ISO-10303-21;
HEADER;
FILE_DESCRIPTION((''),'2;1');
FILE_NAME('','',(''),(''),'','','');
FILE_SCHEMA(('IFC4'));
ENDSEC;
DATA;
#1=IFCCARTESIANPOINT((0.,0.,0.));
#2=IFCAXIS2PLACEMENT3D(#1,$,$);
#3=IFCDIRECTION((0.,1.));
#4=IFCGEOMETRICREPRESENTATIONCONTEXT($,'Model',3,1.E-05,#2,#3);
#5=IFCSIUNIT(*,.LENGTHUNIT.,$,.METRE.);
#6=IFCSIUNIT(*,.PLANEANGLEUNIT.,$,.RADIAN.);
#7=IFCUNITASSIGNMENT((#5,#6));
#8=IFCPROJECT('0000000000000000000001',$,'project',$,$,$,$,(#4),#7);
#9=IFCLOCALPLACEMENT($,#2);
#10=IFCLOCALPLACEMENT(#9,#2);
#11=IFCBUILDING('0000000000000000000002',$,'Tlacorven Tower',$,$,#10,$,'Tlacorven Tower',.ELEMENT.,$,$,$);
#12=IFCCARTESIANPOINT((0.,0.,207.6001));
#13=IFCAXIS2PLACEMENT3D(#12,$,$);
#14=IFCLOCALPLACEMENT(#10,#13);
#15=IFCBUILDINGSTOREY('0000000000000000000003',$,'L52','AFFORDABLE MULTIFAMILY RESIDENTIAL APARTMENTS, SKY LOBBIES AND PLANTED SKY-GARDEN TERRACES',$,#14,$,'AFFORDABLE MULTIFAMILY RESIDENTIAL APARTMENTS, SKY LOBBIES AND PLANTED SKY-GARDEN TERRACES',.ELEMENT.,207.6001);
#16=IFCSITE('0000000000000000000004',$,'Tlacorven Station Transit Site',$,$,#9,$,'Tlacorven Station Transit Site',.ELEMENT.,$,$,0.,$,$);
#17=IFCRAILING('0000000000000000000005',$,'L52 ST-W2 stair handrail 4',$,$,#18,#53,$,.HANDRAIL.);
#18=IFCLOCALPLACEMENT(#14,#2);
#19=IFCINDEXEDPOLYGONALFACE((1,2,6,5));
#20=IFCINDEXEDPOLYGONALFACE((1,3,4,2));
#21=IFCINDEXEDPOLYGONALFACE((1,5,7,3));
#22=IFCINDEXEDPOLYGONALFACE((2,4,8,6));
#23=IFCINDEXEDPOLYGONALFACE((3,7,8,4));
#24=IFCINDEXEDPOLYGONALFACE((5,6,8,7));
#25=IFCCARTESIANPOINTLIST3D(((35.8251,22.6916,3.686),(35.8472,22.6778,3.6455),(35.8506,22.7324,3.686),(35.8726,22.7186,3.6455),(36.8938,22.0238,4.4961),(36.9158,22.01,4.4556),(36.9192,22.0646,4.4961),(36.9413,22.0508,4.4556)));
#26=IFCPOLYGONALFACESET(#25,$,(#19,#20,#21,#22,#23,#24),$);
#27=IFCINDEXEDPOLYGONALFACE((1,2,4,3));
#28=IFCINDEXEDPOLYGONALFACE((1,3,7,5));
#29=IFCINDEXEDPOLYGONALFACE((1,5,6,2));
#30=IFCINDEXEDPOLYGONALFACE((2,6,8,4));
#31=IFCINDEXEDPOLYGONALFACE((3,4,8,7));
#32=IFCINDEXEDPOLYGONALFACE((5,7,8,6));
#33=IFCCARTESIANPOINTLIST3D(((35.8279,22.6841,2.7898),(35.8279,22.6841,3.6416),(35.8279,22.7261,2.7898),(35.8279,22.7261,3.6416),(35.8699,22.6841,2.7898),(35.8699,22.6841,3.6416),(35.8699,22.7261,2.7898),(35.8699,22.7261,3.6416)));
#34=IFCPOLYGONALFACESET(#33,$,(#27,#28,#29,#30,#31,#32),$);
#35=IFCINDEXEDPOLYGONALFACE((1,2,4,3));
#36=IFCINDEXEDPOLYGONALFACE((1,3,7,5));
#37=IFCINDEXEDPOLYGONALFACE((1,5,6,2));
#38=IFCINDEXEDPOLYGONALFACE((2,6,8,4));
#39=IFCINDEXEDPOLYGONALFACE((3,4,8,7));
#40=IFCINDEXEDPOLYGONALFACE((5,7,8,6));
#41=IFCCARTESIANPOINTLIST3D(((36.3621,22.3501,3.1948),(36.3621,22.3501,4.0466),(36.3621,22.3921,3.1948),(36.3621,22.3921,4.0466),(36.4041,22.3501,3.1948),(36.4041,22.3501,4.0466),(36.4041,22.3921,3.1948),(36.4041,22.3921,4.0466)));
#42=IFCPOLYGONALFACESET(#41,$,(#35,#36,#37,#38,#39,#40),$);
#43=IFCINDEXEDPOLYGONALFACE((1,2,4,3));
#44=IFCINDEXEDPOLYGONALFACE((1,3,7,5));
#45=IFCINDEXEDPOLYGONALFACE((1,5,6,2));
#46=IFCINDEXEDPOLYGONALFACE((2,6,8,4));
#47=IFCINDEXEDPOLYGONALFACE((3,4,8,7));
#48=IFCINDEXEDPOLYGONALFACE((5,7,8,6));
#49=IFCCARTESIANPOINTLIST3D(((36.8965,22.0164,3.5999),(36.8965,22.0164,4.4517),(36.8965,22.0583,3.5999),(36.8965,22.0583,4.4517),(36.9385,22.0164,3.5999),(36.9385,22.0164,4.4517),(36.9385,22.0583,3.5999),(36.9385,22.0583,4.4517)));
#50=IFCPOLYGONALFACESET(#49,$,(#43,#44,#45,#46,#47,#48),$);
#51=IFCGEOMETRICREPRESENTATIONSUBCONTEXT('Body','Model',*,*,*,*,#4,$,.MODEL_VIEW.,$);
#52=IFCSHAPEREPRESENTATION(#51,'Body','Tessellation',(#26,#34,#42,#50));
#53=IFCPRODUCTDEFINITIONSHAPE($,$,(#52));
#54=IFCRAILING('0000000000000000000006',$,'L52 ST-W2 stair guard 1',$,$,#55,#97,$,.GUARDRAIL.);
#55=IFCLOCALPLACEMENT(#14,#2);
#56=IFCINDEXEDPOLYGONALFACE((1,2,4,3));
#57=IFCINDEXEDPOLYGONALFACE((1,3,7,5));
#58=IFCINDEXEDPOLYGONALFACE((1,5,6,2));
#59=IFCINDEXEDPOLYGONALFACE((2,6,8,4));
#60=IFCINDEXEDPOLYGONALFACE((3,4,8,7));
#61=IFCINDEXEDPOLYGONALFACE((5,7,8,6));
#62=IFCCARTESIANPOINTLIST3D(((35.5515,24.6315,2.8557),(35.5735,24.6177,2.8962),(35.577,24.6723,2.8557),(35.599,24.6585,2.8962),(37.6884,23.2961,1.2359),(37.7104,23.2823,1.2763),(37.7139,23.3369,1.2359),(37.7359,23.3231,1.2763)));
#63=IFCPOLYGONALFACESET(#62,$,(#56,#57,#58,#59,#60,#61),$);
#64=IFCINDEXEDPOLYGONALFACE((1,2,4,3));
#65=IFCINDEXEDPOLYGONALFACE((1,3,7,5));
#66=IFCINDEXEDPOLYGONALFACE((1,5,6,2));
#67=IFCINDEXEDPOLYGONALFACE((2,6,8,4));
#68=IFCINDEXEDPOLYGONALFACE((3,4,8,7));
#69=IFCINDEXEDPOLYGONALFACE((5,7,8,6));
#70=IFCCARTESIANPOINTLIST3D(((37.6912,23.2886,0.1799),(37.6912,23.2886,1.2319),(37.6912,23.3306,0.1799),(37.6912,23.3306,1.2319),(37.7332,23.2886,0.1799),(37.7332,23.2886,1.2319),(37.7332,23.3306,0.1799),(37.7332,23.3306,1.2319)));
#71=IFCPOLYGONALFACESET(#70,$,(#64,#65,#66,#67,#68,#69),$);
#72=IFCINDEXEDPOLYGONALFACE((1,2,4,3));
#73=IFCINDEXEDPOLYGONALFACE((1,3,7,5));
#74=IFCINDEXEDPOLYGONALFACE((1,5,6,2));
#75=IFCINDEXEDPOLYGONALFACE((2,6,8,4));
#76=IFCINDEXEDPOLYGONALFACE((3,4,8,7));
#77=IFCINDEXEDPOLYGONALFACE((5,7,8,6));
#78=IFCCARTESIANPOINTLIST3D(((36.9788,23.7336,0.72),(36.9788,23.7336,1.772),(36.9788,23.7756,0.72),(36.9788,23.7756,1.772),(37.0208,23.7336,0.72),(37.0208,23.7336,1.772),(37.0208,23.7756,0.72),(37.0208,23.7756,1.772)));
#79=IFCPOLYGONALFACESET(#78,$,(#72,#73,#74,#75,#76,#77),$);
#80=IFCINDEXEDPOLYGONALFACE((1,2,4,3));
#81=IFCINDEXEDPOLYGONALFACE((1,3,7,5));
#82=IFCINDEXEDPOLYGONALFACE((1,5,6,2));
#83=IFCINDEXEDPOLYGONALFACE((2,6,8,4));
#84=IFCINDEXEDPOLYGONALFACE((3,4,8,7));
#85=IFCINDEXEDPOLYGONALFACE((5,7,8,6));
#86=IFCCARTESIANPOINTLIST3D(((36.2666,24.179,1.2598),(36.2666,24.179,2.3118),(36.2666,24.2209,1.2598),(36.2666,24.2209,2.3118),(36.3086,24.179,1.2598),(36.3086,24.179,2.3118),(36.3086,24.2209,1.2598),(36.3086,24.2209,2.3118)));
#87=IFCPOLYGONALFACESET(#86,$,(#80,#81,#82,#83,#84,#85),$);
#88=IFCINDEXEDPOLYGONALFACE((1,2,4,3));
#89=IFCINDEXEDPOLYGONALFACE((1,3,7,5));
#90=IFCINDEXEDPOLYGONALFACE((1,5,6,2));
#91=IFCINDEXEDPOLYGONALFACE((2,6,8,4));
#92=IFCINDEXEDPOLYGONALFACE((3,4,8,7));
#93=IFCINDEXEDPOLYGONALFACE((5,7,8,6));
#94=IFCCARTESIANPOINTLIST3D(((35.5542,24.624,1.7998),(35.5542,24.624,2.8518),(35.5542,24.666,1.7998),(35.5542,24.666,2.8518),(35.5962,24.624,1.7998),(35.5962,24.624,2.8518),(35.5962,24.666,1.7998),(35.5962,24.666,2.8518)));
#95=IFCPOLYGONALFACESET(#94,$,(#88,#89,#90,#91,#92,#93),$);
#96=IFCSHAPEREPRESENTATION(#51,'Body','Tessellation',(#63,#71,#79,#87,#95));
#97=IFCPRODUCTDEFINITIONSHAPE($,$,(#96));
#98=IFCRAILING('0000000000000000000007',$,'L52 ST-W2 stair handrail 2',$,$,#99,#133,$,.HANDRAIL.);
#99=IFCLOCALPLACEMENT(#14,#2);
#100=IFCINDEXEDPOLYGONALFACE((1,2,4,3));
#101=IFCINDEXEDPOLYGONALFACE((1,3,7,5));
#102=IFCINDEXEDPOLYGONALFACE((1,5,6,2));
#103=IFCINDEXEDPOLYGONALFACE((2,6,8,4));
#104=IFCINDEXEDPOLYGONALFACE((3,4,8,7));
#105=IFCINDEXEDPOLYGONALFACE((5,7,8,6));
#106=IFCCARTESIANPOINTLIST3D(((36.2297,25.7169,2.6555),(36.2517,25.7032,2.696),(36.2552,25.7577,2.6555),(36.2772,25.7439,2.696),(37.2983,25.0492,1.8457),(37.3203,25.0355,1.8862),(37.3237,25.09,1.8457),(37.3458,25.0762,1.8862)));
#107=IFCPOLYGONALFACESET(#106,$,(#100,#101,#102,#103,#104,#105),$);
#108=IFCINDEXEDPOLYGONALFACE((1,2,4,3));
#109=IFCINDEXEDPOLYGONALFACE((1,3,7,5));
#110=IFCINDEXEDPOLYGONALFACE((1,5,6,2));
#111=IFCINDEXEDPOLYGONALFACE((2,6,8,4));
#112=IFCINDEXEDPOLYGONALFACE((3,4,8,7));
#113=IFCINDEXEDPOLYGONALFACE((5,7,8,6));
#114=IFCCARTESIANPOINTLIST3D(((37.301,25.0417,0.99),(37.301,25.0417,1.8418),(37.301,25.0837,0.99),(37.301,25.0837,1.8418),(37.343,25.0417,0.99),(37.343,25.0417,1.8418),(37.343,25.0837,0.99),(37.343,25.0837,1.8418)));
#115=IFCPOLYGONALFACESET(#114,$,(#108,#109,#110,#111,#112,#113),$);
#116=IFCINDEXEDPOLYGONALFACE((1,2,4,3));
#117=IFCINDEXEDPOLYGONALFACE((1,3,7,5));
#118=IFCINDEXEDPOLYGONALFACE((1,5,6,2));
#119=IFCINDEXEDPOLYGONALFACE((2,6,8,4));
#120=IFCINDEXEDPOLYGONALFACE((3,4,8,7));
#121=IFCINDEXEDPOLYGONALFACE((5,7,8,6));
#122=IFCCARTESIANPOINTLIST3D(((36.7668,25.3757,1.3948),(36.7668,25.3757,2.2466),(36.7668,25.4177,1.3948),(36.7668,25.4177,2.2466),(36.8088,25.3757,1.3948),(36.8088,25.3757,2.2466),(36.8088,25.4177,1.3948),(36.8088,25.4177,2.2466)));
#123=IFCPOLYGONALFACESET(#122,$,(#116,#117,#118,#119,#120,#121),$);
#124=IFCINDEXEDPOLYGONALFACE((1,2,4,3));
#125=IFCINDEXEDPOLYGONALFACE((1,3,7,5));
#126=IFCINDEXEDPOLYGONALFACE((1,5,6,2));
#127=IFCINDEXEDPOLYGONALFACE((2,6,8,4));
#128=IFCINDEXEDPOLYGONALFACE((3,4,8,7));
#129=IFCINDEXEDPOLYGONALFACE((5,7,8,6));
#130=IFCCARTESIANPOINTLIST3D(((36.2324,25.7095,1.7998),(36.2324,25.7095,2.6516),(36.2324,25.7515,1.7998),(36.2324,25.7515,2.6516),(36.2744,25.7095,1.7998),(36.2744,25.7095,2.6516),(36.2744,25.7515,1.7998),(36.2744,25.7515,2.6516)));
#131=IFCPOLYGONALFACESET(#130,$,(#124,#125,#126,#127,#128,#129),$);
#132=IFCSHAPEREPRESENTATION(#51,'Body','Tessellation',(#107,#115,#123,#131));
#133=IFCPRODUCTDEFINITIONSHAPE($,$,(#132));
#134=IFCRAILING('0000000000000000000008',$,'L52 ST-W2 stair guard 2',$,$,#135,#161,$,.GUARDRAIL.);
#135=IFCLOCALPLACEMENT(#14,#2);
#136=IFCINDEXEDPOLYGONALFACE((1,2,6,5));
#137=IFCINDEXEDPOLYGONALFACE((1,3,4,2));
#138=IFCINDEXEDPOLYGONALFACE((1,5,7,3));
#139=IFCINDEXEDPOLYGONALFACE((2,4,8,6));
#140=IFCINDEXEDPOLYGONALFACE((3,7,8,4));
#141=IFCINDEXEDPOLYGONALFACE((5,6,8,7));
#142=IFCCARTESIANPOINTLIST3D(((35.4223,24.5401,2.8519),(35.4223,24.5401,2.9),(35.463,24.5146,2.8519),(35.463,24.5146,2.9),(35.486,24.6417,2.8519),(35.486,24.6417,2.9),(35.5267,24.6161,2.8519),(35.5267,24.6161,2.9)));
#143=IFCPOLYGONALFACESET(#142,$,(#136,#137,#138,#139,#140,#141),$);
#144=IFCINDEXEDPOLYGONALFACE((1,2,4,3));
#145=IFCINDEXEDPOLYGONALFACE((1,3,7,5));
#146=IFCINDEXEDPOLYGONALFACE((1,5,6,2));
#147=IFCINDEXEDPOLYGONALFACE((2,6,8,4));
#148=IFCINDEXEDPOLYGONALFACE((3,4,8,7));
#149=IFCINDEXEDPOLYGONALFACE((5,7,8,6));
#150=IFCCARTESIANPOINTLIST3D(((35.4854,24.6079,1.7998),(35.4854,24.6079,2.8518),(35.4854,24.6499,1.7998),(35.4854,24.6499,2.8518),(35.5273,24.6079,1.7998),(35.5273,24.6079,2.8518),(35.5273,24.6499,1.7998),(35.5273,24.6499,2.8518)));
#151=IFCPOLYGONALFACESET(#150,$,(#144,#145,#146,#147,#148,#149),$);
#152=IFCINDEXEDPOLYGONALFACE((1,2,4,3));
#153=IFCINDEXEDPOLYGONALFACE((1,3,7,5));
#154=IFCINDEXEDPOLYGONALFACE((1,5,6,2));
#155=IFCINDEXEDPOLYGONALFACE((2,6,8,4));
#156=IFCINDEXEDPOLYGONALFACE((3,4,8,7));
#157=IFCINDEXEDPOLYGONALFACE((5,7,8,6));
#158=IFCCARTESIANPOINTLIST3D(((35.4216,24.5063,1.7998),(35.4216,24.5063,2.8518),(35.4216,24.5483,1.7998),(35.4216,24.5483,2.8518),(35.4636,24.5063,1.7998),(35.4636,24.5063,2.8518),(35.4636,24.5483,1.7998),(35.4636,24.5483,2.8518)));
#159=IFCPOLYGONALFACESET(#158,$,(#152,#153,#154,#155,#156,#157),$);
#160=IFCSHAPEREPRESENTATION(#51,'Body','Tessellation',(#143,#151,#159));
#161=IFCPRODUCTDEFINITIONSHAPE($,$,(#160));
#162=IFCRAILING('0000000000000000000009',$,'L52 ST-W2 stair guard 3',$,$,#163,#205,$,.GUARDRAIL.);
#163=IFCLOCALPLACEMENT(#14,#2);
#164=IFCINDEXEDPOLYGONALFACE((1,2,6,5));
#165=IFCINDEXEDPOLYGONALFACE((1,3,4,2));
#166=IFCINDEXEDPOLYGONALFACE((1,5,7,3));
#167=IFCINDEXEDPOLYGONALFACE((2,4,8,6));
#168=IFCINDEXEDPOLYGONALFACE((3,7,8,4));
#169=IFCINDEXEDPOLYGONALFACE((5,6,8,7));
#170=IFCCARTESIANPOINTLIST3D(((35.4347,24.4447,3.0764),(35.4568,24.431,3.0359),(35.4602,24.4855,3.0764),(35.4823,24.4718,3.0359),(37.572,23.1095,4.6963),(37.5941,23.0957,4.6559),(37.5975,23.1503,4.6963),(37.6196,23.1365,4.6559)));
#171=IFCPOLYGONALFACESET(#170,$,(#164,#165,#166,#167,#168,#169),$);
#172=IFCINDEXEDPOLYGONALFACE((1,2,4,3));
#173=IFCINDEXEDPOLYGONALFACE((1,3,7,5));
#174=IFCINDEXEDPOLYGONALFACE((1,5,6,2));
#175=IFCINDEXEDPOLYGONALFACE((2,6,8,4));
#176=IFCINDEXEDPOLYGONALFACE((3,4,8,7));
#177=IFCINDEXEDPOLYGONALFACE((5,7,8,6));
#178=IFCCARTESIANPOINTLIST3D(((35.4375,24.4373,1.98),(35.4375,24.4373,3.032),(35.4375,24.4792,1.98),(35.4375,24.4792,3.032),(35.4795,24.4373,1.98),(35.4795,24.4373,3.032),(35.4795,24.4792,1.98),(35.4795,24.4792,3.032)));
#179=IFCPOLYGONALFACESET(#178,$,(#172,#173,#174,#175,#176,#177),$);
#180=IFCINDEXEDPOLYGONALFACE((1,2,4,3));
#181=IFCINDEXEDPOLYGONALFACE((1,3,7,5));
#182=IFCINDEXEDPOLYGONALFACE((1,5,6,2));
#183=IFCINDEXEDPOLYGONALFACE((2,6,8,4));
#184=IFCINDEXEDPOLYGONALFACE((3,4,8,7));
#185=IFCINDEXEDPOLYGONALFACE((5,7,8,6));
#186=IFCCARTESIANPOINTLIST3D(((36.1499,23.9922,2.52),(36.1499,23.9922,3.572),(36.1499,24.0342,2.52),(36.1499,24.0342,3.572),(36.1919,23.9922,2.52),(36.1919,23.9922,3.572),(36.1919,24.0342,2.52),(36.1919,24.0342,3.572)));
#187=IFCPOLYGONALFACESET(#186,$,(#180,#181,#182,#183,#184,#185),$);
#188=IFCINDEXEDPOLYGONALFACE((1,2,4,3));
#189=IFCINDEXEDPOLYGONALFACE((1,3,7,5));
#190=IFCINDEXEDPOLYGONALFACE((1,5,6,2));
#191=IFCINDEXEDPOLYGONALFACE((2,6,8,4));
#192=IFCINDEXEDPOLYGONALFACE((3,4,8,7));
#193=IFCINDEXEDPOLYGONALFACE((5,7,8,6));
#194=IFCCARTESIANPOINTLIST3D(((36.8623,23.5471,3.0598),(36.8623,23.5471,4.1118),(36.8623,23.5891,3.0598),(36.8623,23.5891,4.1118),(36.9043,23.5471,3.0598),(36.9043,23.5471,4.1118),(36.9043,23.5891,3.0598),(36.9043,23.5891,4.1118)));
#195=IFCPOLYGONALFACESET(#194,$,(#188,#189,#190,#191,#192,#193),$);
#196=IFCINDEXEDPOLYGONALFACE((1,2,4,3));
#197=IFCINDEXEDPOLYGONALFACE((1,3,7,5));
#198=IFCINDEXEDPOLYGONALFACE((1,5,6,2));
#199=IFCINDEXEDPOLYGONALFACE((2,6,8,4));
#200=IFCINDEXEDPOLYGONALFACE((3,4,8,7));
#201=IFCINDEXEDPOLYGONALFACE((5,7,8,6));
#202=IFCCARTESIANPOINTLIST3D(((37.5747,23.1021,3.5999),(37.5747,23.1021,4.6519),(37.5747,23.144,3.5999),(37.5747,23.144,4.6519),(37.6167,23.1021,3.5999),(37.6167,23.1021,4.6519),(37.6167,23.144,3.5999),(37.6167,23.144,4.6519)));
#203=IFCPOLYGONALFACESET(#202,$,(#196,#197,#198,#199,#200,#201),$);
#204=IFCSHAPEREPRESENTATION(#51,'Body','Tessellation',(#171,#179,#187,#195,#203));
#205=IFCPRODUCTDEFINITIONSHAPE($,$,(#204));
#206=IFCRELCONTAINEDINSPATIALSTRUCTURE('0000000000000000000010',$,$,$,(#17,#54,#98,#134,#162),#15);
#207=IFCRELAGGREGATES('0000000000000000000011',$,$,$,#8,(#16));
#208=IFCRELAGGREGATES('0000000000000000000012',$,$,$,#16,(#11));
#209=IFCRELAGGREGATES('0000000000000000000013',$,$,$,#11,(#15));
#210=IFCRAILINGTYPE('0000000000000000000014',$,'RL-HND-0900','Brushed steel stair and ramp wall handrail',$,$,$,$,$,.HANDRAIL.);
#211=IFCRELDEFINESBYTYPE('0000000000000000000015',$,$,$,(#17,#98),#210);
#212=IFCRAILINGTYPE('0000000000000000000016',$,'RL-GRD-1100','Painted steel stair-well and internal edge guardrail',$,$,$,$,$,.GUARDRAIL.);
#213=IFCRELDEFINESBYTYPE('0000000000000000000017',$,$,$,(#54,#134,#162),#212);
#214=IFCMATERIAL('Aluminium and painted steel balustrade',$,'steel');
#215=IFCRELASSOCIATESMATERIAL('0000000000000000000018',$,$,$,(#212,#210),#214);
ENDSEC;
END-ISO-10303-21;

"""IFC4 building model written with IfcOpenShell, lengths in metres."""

from ifc_helpers import new_model, si_unit, direction, frame, origin, origin_2d, place, context, subcontext, project, spatial, rectangle, extrude, source, transform, mapped, material, type_object, element, save


model = new_model("IFC4")

# Units and contexts
model_context = context("Model", 3, precision=1e-05, world=origin(), true_north=direction((0.0, 1.0)))
body_context = subcontext(model_context, "Body", "Model", "MODEL_VIEW")
ifc_project = project(units=[si_unit("LENGTHUNIT", "METRE"), si_unit("PLANEANGLEUNIT", "RADIAN")], contexts=[model_context])

# Site, building, storey
site_placement = place(None, origin())
site = spatial("IfcSite", under=ifc_project, at=site_placement, Name="Tlacorven Station Transit Site", LongName="Tlacorven Station Transit Site", CompositionType="ELEMENT", RefElevation=0.0)
building_placement = place(site_placement, origin())
building = spatial("IfcBuilding", under=site, at=building_placement, Name="Tlacorven Tower", LongName="Tlacorven Tower", CompositionType="ELEMENT")
storey_placement = place(building_placement, frame((0.0, 0.0, 207.6001)))
storey = spatial("IfcBuildingStorey", under=building, at=storey_placement, Name="L52", Description="AFFORDABLE MULTIFAMILY RESIDENTIAL APARTMENTS, SKY LOBBIES AND PLANTED SKY-GARDEN TERRACES", LongName="AFFORDABLE MULTIFAMILY RESIDENTIAL APARTMENTS, SKY LOBBIES AND PLANTED SKY-GARDEN TERRACES", CompositionType="ELEMENT", Elevation=207.6001)

# Railings
ifc_material_1 = material(Name="Aluminium and painted steel balustrade", Category="steel")
railing_type_1 = type_object("IfcRailingType", Name="RL-GRD-1100", Description="Painted steel stair-well and internal edge guardrail", PredefinedType="GUARDRAIL", material=ifc_material_1)
railing_type_2 = type_object("IfcRailingType", Name="RL-HND-0900", Description="Brushed steel stair and ramp wall handrail", PredefinedType="HANDRAIL", material=ifc_material_1)
shared_shape_1 = source(origin(), body_context, "Body", "SweptSolid", [
    extrude(rectangle(XDim=0.0481, YDim=0.0481, at=origin_2d()), frame((0.0, 0.0, 0.876), z_axis=(0.71336, -0.445748, 0.540765), x_axis=(0.529912, 0.848053, 0.0)), (0.0, 0.0, 1.0), 1.498),
    extrude(rectangle(XDim=0.042, YDim=0.042, at=origin_2d()), origin(), (0.0, 0.0, 1.0), 0.8518),
    extrude(rectangle(XDim=0.042, YDim=0.042, at=origin_2d()), frame((0.5342, -0.334, 0.405)), (0.0, 0.0, 1.0), 0.8518),
    extrude(rectangle(XDim=0.042, YDim=0.042, at=origin_2d()), frame((1.0686, -0.6677, 0.8101)), (0.0, 0.0, 1.0), 0.8518),
])
railing_1_placement = place(storey_placement, frame((35.8489, 22.7051, 2.7898)))
element("IfcRailing", 1, at=railing_1_placement, inside=storey, type_object=railing_type_2, Name="L52 ST-W2 stair handrail 4", PredefinedType="HANDRAIL", context=body_context, shape_type="MappedRepresentation", body=[
    mapped(shared_shape_1, transform((0.0, 0.0, 0.0), scale=1.0)),
])
shared_shape_2 = source(origin(), body_context, "Body", "SweptSolid", [
    extrude(rectangle(XDim=0.0481, YDim=0.0481, at=origin_2d()), frame((0.0, 0.0, 1.0762), z_axis=(-0.713351, 0.445794, 0.540739), x_axis=(-0.529955, -0.848026, 0.0)), (0.0, 0.0, 1.0), 2.9956),
    extrude(rectangle(XDim=0.042, YDim=0.042, at=origin_2d()), origin(), (0.0, 0.0, 1.0), 1.052),
    extrude(rectangle(XDim=0.042, YDim=0.042, at=origin_2d()), frame((-0.7124, 0.4451, 0.54)), (0.0, 0.0, 1.0), 1.052),
    extrude(rectangle(XDim=0.042, YDim=0.042, at=origin_2d()), frame((-1.4246, 0.8904, 1.0798)), (0.0, 0.0, 1.0), 1.052),
    extrude(rectangle(XDim=0.042, YDim=0.042, at=origin_2d()), frame((-2.137, 1.3354, 1.6199)), (0.0, 0.0, 1.0), 1.052),
])
railing_2_placement = place(storey_placement, frame((37.7122, 23.3096, 0.1799)))
element("IfcRailing", 2, at=railing_2_placement, inside=storey, type_object=railing_type_1, Name="L52 ST-W2 stair guard 1", PredefinedType="GUARDRAIL", context=body_context, shape_type="MappedRepresentation", body=[
    mapped(shared_shape_2, transform((0.0, 0.0, 0.0), scale=1.0)),
])
shared_shape_3 = source(origin(), body_context, "Body", "SweptSolid", [
    extrude(rectangle(XDim=0.0481, YDim=0.0481, at=origin_2d()), frame((0.0, 0.0, 0.876), z_axis=(-0.713423, 0.445787, 0.540649), x_axis=(-0.529912, -0.848053, 0.0)), (0.0, 0.0, 1.0), 1.4978),
    extrude(rectangle(XDim=0.042, YDim=0.042, at=origin_2d()), origin(), (0.0, 0.0, 1.0), 0.8518),
    extrude(rectangle(XDim=0.042, YDim=0.042, at=origin_2d()), frame((-0.5342, 0.334, 0.4048)), (0.0, 0.0, 1.0), 0.8518),
    extrude(rectangle(XDim=0.042, YDim=0.042, at=origin_2d()), frame((-1.0686, 0.6677, 0.8098)), (0.0, 0.0, 1.0), 0.8518),
])
railing_3_placement = place(storey_placement, frame((37.322, 25.0627, 0.99)))
element("IfcRailing", 3, at=railing_3_placement, inside=storey, type_object=railing_type_2, Name="L52 ST-W2 stair handrail 2", PredefinedType="HANDRAIL", context=body_context, shape_type="MappedRepresentation", body=[
    mapped(shared_shape_3, transform((0.0, 0.0, 0.0), scale=1.0)),
])
shared_shape_4 = source(origin(), body_context, "Body", "SweptSolid", [
    extrude(rectangle(XDim=0.0481, YDim=0.0481, at=origin_2d()), frame((0.0, 0.0, 1.0762), z_axis=(-0.531462, -0.847082, 0.0), x_axis=(0.847082, -0.531462, 0.0)), (0.0, 0.0, 1.0), 0.1199),
    extrude(rectangle(XDim=0.042, YDim=0.042, at=origin_2d()), origin(), (0.0, 0.0, 1.0), 1.052),
    extrude(rectangle(XDim=0.042, YDim=0.042, at=origin_2d()), frame((-0.0637, -0.1016, 0.0)), (0.0, 0.0, 1.0), 1.052),
])
railing_4_placement = place(storey_placement, frame((35.5063, 24.6289, 1.7998)))
element("IfcRailing", 4, at=railing_4_placement, inside=storey, type_object=railing_type_1, Name="L52 ST-W2 stair guard 2", PredefinedType="GUARDRAIL", context=body_context, shape_type="MappedRepresentation", body=[
    mapped(shared_shape_4, transform((0.0, 0.0, 0.0), scale=1.0)),
])
shared_shape_5 = source(origin(), body_context, "Body", "SweptSolid", [
    extrude(rectangle(XDim=0.0481, YDim=0.0481, at=origin_2d()), frame((0.0, 0.0, 1.0762), z_axis=(0.713417, -0.445702, 0.540727), x_axis=(0.529842, 0.848096, 0.0)), (0.0, 0.0, 1.0), 2.9958),
    extrude(rectangle(XDim=0.042, YDim=0.042, at=origin_2d()), origin(), (0.0, 0.0, 1.0), 1.052),
    extrude(rectangle(XDim=0.042, YDim=0.042, at=origin_2d()), frame((0.7124, -0.4451, 0.54)), (0.0, 0.0, 1.0), 1.052),
    extrude(rectangle(XDim=0.042, YDim=0.042, at=origin_2d()), frame((1.4248, -0.8901, 1.0798)), (0.0, 0.0, 1.0), 1.052),
    extrude(rectangle(XDim=0.042, YDim=0.042, at=origin_2d()), frame((2.1372, -1.3352, 1.6199)), (0.0, 0.0, 1.0), 1.052),
])
railing_5_placement = place(storey_placement, frame((35.4585, 24.4583, 1.98)))
element("IfcRailing", 5, at=railing_5_placement, inside=storey, type_object=railing_type_1, Name="L52 ST-W2 stair guard 3", PredefinedType="GUARDRAIL", context=body_context, shape_type="MappedRepresentation", body=[
    mapped(shared_shape_5, transform((0.0, 0.0, 0.0), scale=1.0)),
])

save(model, "model.ifc")
